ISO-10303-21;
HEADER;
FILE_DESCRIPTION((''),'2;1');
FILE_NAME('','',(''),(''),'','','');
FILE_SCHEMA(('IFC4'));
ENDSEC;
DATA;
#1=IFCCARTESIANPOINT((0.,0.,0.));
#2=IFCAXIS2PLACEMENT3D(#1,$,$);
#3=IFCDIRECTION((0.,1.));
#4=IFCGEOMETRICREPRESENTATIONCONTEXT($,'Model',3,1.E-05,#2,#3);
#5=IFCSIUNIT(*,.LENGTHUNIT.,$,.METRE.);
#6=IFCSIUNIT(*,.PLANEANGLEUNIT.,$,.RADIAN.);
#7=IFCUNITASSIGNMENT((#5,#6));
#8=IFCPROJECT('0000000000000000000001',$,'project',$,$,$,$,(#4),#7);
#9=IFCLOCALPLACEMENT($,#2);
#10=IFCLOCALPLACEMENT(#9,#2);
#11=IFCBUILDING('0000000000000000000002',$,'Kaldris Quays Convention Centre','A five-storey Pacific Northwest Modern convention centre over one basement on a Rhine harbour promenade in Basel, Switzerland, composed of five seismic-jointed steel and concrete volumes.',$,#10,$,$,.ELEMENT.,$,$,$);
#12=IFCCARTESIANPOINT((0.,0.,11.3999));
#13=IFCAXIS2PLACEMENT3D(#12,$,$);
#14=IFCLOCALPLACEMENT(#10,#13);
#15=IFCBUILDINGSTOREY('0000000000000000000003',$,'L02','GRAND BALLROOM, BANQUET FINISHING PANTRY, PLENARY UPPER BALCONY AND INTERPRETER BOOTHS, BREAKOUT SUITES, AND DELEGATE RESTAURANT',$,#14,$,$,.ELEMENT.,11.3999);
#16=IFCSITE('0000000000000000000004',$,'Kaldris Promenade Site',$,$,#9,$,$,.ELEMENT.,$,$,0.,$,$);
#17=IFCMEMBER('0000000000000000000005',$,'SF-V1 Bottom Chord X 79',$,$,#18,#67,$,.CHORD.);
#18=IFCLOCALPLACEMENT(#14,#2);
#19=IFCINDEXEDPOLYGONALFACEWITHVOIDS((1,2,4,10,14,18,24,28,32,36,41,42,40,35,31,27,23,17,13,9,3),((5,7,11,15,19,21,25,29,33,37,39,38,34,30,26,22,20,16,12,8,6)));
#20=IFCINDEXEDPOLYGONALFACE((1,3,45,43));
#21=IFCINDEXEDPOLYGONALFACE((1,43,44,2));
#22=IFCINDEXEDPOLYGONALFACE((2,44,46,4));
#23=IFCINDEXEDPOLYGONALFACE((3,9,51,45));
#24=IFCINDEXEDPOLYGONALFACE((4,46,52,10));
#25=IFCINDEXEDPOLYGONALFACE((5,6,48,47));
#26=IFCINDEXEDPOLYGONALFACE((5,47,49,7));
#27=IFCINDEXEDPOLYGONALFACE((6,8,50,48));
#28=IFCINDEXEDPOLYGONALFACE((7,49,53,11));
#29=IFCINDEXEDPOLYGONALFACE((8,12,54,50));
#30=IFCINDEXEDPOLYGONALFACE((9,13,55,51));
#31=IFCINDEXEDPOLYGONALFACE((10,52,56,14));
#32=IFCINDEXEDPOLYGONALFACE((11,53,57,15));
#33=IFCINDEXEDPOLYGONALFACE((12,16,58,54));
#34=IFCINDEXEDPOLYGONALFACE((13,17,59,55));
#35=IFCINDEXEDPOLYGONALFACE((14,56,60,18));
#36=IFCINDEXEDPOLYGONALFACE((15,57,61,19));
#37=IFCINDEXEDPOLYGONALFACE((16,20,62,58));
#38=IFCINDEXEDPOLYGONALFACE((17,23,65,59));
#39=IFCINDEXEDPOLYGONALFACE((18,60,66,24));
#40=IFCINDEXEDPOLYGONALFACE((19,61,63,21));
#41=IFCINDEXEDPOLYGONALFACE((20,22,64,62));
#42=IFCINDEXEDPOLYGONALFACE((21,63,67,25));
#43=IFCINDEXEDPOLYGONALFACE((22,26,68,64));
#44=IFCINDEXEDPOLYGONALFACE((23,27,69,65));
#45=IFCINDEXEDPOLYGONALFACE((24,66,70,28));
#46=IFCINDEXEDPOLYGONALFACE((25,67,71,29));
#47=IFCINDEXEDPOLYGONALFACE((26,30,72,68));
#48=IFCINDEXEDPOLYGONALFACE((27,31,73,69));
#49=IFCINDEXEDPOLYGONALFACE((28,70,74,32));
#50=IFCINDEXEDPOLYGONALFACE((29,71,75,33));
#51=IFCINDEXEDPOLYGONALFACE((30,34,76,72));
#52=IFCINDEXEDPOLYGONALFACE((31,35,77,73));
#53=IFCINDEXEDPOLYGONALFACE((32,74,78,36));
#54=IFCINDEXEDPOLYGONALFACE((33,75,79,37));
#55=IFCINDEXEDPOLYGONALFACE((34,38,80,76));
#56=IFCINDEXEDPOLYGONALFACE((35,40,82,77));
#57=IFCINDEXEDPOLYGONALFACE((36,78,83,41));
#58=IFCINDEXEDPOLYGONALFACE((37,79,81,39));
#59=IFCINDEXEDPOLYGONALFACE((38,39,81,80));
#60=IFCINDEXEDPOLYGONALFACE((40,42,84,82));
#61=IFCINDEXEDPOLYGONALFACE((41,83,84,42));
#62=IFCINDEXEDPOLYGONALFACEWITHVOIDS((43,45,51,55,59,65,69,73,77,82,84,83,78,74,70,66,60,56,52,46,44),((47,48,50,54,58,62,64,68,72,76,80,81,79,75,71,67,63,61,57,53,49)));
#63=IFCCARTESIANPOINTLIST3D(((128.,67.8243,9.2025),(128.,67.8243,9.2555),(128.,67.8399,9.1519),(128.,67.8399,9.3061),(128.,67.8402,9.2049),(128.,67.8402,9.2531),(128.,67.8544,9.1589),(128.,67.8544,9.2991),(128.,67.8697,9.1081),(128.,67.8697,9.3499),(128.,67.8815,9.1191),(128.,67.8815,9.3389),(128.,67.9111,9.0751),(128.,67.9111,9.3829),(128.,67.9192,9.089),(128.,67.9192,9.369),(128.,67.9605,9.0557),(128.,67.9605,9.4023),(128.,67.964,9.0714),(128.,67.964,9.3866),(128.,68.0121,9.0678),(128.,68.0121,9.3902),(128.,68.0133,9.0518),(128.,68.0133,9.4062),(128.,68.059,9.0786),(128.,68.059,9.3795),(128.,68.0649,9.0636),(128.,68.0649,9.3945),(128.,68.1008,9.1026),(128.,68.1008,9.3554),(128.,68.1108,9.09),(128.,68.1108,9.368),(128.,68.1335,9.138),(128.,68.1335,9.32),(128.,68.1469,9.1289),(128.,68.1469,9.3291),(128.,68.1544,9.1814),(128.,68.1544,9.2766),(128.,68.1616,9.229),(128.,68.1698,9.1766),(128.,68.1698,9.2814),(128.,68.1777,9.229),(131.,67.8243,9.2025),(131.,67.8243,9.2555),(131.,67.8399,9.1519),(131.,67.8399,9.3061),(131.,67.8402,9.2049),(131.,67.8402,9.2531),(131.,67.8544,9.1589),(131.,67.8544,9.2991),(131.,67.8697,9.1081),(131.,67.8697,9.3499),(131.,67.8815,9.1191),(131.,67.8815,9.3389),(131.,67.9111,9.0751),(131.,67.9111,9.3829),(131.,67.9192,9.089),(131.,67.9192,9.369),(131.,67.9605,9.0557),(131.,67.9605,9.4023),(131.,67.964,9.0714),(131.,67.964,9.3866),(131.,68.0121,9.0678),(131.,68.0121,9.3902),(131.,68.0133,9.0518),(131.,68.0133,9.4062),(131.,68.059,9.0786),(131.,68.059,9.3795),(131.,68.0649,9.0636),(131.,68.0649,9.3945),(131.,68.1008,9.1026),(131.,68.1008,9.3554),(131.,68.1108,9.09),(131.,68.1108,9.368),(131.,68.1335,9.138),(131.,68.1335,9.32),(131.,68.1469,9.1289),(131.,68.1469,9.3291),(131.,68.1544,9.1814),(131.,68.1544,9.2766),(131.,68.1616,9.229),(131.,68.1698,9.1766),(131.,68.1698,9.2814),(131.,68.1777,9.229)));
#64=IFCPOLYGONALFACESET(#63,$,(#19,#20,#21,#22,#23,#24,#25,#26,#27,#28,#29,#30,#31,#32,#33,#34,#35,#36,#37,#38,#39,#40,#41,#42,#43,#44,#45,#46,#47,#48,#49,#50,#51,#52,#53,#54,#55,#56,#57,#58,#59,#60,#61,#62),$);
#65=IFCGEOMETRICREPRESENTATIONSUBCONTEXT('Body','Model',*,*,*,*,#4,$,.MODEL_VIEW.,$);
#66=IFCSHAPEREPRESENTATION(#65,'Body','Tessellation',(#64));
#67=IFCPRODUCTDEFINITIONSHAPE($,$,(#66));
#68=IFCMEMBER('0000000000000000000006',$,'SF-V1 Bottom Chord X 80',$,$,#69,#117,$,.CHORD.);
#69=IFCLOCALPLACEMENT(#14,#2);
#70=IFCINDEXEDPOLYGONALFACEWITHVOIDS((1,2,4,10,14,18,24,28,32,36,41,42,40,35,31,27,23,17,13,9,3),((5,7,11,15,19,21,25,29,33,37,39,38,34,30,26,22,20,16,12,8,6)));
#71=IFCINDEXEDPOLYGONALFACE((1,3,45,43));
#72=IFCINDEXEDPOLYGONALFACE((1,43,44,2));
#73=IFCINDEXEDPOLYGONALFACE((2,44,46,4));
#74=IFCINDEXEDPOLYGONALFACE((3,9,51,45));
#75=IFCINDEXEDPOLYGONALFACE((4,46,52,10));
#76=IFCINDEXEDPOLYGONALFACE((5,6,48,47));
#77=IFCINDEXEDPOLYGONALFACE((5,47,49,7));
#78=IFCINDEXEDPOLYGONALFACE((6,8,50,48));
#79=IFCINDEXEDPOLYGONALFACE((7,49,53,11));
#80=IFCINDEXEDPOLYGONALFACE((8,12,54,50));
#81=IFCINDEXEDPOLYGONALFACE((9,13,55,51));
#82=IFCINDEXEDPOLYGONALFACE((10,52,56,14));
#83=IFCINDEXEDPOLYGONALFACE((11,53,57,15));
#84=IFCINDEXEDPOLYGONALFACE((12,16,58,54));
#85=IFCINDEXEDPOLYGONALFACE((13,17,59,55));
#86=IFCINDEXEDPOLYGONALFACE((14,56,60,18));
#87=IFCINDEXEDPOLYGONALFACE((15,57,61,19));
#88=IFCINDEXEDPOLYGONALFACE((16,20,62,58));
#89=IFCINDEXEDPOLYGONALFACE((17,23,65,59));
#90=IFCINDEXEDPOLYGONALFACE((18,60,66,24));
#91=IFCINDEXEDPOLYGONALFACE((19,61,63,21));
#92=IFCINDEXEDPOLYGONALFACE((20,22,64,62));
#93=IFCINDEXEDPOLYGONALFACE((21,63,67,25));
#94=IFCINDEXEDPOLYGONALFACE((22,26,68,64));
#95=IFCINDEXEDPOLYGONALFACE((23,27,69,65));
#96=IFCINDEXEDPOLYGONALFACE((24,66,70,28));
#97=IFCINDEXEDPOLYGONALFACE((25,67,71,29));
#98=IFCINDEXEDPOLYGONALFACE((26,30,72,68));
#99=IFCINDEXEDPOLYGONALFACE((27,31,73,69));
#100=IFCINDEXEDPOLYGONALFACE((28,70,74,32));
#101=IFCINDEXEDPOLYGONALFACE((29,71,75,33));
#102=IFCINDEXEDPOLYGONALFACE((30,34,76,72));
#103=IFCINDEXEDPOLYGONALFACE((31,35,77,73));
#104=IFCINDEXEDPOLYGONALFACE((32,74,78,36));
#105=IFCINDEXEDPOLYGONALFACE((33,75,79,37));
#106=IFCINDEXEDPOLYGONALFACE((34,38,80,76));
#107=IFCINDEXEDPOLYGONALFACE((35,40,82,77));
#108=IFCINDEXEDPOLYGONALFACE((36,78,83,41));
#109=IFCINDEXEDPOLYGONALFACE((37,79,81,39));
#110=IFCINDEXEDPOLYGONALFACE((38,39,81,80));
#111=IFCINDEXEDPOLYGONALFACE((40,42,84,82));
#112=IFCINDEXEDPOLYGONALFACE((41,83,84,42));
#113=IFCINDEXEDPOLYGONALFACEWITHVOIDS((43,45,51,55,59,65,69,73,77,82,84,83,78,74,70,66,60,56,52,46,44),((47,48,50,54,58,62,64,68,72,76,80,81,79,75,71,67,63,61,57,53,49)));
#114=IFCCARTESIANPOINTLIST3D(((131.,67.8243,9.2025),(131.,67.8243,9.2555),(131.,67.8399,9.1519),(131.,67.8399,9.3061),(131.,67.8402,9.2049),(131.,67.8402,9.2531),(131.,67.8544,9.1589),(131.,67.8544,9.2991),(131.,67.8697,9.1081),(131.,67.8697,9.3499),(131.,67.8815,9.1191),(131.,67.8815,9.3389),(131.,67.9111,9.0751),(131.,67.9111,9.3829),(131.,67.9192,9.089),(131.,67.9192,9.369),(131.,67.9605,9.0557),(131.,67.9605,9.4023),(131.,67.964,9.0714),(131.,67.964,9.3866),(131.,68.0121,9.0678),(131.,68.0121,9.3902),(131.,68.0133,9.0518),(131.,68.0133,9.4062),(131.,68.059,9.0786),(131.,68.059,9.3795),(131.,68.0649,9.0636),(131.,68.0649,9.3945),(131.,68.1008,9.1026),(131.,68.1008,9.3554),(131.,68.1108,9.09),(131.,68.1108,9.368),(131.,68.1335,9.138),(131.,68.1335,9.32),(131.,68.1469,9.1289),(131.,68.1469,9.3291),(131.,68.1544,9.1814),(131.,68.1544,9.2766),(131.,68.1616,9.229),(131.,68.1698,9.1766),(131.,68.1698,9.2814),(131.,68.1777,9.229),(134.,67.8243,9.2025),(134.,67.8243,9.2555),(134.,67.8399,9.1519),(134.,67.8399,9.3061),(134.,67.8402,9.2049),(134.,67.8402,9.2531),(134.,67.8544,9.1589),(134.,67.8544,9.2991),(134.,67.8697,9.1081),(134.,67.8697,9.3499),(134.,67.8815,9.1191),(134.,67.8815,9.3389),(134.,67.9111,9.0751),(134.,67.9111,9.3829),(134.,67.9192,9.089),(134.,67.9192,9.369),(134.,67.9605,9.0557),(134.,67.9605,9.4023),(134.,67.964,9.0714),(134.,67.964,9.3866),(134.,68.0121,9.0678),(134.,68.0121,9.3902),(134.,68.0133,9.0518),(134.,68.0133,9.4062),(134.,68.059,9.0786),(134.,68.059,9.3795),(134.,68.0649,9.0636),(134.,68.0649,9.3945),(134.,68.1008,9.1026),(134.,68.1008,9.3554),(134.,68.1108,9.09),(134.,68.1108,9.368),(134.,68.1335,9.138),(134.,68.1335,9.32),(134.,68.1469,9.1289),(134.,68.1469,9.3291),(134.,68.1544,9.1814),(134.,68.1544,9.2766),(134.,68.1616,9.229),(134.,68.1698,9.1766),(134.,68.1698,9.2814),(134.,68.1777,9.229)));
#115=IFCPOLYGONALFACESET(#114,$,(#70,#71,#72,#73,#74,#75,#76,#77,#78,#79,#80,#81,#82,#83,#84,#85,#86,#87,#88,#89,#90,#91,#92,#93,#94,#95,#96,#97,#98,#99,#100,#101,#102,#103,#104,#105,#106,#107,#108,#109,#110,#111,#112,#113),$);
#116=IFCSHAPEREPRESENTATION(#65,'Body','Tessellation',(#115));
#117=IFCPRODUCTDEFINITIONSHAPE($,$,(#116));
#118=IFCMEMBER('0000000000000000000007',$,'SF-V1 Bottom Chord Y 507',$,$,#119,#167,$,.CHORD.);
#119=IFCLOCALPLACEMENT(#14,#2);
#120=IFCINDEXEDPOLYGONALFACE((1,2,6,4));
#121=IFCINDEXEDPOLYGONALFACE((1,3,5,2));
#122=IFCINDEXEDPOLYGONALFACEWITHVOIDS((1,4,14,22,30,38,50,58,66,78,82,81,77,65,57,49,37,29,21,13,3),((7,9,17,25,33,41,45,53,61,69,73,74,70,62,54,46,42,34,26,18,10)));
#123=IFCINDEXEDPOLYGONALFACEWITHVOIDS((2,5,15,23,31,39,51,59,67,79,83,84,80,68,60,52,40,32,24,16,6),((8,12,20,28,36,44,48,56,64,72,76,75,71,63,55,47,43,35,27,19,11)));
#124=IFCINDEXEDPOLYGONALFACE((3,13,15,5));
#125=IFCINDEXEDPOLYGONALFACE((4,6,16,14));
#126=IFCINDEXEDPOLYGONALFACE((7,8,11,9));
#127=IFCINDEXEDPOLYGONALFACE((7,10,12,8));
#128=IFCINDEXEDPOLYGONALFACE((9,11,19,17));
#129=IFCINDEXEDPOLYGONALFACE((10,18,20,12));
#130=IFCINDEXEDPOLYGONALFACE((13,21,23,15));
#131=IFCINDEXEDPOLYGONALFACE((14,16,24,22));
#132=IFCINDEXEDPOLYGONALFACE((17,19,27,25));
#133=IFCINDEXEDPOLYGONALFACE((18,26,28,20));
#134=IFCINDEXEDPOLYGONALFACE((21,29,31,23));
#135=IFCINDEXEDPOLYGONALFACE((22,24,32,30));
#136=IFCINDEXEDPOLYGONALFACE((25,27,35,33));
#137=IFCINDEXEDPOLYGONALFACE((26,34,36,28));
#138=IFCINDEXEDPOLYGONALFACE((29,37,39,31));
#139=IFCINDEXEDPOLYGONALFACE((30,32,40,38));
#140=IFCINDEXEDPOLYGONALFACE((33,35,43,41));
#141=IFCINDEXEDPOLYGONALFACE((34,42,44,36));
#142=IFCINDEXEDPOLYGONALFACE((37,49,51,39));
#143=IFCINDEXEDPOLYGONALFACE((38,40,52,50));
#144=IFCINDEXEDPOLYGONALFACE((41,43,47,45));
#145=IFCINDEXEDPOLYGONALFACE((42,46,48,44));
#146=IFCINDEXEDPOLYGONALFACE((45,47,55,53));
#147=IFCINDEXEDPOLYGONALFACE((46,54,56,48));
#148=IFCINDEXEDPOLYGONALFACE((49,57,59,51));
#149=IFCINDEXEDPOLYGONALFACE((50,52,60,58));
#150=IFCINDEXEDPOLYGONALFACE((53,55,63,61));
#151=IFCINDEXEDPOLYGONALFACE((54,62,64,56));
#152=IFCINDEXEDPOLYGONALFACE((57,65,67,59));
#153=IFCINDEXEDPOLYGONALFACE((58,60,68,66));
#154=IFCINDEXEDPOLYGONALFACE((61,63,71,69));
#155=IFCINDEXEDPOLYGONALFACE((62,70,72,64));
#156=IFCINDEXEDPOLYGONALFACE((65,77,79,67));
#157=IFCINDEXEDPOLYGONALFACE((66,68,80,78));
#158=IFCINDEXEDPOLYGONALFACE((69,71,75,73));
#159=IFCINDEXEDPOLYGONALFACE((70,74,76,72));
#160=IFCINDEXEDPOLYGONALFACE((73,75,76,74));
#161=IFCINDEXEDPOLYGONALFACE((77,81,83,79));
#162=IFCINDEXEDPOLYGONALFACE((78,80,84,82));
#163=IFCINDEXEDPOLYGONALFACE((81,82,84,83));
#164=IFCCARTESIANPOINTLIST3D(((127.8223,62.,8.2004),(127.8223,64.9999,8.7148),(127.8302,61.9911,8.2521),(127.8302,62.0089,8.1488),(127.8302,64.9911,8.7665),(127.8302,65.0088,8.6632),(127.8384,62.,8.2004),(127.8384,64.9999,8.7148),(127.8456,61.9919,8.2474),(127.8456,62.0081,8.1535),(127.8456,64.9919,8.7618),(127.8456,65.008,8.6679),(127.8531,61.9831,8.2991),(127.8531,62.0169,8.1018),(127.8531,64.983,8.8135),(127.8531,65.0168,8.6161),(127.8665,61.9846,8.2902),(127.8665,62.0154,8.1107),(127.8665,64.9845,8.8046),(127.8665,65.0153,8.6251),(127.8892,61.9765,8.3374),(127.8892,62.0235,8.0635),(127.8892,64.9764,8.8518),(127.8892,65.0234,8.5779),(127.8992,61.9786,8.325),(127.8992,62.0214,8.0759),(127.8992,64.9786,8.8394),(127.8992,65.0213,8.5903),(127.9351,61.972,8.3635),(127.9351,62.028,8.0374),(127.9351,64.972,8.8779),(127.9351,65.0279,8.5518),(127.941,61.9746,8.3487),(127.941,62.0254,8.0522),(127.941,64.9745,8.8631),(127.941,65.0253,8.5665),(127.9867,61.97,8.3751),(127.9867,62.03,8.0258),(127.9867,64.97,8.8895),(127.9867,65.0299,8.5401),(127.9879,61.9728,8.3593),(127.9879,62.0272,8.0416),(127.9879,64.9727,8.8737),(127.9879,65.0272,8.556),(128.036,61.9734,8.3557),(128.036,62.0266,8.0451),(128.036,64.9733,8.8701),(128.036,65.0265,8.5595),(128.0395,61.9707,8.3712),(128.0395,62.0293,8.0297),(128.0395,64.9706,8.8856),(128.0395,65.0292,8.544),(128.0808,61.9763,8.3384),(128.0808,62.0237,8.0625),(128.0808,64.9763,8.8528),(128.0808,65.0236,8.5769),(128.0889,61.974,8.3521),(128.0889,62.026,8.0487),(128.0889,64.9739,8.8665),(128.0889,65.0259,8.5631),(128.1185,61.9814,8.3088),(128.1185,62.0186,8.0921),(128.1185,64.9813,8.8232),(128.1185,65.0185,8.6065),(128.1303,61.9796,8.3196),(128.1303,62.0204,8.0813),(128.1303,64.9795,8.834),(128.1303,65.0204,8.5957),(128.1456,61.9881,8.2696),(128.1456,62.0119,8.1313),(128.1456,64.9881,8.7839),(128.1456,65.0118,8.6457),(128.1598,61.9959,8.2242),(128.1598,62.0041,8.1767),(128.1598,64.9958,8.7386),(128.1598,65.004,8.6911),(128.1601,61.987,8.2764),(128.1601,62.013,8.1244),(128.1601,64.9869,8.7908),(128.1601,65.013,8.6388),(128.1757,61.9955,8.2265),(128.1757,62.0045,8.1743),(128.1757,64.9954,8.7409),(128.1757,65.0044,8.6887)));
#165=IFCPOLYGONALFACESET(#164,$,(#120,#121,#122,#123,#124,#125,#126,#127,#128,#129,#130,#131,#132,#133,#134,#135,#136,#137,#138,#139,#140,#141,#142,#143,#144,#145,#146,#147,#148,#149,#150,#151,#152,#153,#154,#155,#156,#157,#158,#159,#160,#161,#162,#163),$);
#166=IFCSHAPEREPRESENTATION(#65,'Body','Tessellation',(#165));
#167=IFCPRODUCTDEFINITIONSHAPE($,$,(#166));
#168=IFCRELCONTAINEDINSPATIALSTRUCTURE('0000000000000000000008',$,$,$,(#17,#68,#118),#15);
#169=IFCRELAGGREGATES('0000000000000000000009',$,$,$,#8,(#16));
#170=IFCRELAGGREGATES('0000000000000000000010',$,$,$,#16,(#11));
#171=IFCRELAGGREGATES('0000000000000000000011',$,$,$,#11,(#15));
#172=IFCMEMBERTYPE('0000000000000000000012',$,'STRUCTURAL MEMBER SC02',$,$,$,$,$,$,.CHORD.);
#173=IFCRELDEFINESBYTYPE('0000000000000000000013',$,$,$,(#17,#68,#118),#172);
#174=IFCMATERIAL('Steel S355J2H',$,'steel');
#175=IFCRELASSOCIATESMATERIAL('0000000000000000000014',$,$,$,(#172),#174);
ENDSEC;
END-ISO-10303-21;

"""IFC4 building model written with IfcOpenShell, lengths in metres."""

from ifc_helpers import new_model, si_unit, direction, frame, origin, origin_2d, place, context, subcontext, project, spatial, hollow_circle, extrude, material, material_profile, profile_set, type_object, element, save


model = new_model("IFC4")

# Units and contexts
model_context = context("Model", 3, precision=1e-05, world=origin(), true_north=direction((0.0, 1.0)))
body_context = subcontext(model_context, "Body", "Model", "MODEL_VIEW")
ifc_project = project(units=[si_unit("LENGTHUNIT", "METRE"), si_unit("PLANEANGLEUNIT", "RADIAN")], contexts=[model_context])

# Site, building, storey
site_placement = place(None, origin())
site = spatial("IfcSite", under=ifc_project, at=site_placement, Name="Kaldris Promenade Site", CompositionType="ELEMENT", RefElevation=0.0)
building_placement = place(site_placement, origin())
building = spatial("IfcBuilding", under=site, at=building_placement, Name="Kaldris Quays Convention Centre", Description="A five-storey Pacific Northwest Modern convention centre over one basement on a Rhine harbour promenade in Basel, Switzerland, composed of five seismic-jointed steel and concrete volumes.", CompositionType="ELEMENT")
storey_placement = place(building_placement, frame((0.0, 0.0, 11.3999)))
storey = spatial("IfcBuildingStorey", under=building, at=storey_placement, Name="L02", Description="GRAND BALLROOM, BANQUET FINISHING PANTRY, PLENARY UPPER BALCONY AND INTERPRETER BOOTHS, BREAKOUT SUITES, AND DELEGATE RESTAURANT", CompositionType="ELEMENT", Elevation=11.3999)

# Members
ifc_material_1 = material(Name="Steel S355J2H", Category="steel")
ifc_material_profile_1 = material_profile(ifc_material_1, hollow_circle(Radius=0.1777, WallThickness=0.0161, at=origin_2d()), Name="CHS 355.6x16")
ifc_profile_set_1 = profile_set([ifc_material_profile_1], Name="Steel S355J2H")
member_type_1 = type_object("IfcMemberType", Name="STRUCTURAL MEMBER SC02", PredefinedType="CHORD", material=ifc_profile_set_1)
for number, where, z_axis, x_axis, name in (
    (1, (128.0, 68.0, 9.229), (1.0, 0.0, 0.0), (0.0, 1.0, 0.0), "SF-V1 Bottom Chord X 79"),
    (2, (131.0, 68.0, 9.229), (1.0, 0.0, 0.0), (0.0, 1.0, 0.0), "SF-V1 Bottom Chord X 80"),
):
    element("IfcMember", number, at=place(storey_placement, frame(where, z_axis=z_axis, x_axis=x_axis)), inside=storey, type_object=member_type_1, Name=name, PredefinedType="CHORD", context=body_context, shape_type="SweptSolid", body=[
        extrude(hollow_circle(Radius=0.1777, WallThickness=0.0161, at=origin_2d()), origin(), (0.0, 0.0, 1.0), 3.0),
    ])
for number, where, z_axis, x_axis, name in (
    (3, (128.0, 62.0, 8.2004), (0.0, 0.985616, 0.169002), (-1.0, 0.0, 0.0), "SF-V1 Bottom Chord Y 507"),
):
    element("IfcMember", number, at=place(storey_placement, frame(where, z_axis=z_axis, x_axis=x_axis)), inside=storey, type_object=member_type_1, Name=name, PredefinedType="CHORD", context=body_context, shape_type="SweptSolid", body=[
        extrude(hollow_circle(Radius=0.1777, WallThickness=0.0161, at=origin_2d()), origin(), (0.0, 0.0, 1.0), 3.0437),
    ])

save(model, "model.ifc")
